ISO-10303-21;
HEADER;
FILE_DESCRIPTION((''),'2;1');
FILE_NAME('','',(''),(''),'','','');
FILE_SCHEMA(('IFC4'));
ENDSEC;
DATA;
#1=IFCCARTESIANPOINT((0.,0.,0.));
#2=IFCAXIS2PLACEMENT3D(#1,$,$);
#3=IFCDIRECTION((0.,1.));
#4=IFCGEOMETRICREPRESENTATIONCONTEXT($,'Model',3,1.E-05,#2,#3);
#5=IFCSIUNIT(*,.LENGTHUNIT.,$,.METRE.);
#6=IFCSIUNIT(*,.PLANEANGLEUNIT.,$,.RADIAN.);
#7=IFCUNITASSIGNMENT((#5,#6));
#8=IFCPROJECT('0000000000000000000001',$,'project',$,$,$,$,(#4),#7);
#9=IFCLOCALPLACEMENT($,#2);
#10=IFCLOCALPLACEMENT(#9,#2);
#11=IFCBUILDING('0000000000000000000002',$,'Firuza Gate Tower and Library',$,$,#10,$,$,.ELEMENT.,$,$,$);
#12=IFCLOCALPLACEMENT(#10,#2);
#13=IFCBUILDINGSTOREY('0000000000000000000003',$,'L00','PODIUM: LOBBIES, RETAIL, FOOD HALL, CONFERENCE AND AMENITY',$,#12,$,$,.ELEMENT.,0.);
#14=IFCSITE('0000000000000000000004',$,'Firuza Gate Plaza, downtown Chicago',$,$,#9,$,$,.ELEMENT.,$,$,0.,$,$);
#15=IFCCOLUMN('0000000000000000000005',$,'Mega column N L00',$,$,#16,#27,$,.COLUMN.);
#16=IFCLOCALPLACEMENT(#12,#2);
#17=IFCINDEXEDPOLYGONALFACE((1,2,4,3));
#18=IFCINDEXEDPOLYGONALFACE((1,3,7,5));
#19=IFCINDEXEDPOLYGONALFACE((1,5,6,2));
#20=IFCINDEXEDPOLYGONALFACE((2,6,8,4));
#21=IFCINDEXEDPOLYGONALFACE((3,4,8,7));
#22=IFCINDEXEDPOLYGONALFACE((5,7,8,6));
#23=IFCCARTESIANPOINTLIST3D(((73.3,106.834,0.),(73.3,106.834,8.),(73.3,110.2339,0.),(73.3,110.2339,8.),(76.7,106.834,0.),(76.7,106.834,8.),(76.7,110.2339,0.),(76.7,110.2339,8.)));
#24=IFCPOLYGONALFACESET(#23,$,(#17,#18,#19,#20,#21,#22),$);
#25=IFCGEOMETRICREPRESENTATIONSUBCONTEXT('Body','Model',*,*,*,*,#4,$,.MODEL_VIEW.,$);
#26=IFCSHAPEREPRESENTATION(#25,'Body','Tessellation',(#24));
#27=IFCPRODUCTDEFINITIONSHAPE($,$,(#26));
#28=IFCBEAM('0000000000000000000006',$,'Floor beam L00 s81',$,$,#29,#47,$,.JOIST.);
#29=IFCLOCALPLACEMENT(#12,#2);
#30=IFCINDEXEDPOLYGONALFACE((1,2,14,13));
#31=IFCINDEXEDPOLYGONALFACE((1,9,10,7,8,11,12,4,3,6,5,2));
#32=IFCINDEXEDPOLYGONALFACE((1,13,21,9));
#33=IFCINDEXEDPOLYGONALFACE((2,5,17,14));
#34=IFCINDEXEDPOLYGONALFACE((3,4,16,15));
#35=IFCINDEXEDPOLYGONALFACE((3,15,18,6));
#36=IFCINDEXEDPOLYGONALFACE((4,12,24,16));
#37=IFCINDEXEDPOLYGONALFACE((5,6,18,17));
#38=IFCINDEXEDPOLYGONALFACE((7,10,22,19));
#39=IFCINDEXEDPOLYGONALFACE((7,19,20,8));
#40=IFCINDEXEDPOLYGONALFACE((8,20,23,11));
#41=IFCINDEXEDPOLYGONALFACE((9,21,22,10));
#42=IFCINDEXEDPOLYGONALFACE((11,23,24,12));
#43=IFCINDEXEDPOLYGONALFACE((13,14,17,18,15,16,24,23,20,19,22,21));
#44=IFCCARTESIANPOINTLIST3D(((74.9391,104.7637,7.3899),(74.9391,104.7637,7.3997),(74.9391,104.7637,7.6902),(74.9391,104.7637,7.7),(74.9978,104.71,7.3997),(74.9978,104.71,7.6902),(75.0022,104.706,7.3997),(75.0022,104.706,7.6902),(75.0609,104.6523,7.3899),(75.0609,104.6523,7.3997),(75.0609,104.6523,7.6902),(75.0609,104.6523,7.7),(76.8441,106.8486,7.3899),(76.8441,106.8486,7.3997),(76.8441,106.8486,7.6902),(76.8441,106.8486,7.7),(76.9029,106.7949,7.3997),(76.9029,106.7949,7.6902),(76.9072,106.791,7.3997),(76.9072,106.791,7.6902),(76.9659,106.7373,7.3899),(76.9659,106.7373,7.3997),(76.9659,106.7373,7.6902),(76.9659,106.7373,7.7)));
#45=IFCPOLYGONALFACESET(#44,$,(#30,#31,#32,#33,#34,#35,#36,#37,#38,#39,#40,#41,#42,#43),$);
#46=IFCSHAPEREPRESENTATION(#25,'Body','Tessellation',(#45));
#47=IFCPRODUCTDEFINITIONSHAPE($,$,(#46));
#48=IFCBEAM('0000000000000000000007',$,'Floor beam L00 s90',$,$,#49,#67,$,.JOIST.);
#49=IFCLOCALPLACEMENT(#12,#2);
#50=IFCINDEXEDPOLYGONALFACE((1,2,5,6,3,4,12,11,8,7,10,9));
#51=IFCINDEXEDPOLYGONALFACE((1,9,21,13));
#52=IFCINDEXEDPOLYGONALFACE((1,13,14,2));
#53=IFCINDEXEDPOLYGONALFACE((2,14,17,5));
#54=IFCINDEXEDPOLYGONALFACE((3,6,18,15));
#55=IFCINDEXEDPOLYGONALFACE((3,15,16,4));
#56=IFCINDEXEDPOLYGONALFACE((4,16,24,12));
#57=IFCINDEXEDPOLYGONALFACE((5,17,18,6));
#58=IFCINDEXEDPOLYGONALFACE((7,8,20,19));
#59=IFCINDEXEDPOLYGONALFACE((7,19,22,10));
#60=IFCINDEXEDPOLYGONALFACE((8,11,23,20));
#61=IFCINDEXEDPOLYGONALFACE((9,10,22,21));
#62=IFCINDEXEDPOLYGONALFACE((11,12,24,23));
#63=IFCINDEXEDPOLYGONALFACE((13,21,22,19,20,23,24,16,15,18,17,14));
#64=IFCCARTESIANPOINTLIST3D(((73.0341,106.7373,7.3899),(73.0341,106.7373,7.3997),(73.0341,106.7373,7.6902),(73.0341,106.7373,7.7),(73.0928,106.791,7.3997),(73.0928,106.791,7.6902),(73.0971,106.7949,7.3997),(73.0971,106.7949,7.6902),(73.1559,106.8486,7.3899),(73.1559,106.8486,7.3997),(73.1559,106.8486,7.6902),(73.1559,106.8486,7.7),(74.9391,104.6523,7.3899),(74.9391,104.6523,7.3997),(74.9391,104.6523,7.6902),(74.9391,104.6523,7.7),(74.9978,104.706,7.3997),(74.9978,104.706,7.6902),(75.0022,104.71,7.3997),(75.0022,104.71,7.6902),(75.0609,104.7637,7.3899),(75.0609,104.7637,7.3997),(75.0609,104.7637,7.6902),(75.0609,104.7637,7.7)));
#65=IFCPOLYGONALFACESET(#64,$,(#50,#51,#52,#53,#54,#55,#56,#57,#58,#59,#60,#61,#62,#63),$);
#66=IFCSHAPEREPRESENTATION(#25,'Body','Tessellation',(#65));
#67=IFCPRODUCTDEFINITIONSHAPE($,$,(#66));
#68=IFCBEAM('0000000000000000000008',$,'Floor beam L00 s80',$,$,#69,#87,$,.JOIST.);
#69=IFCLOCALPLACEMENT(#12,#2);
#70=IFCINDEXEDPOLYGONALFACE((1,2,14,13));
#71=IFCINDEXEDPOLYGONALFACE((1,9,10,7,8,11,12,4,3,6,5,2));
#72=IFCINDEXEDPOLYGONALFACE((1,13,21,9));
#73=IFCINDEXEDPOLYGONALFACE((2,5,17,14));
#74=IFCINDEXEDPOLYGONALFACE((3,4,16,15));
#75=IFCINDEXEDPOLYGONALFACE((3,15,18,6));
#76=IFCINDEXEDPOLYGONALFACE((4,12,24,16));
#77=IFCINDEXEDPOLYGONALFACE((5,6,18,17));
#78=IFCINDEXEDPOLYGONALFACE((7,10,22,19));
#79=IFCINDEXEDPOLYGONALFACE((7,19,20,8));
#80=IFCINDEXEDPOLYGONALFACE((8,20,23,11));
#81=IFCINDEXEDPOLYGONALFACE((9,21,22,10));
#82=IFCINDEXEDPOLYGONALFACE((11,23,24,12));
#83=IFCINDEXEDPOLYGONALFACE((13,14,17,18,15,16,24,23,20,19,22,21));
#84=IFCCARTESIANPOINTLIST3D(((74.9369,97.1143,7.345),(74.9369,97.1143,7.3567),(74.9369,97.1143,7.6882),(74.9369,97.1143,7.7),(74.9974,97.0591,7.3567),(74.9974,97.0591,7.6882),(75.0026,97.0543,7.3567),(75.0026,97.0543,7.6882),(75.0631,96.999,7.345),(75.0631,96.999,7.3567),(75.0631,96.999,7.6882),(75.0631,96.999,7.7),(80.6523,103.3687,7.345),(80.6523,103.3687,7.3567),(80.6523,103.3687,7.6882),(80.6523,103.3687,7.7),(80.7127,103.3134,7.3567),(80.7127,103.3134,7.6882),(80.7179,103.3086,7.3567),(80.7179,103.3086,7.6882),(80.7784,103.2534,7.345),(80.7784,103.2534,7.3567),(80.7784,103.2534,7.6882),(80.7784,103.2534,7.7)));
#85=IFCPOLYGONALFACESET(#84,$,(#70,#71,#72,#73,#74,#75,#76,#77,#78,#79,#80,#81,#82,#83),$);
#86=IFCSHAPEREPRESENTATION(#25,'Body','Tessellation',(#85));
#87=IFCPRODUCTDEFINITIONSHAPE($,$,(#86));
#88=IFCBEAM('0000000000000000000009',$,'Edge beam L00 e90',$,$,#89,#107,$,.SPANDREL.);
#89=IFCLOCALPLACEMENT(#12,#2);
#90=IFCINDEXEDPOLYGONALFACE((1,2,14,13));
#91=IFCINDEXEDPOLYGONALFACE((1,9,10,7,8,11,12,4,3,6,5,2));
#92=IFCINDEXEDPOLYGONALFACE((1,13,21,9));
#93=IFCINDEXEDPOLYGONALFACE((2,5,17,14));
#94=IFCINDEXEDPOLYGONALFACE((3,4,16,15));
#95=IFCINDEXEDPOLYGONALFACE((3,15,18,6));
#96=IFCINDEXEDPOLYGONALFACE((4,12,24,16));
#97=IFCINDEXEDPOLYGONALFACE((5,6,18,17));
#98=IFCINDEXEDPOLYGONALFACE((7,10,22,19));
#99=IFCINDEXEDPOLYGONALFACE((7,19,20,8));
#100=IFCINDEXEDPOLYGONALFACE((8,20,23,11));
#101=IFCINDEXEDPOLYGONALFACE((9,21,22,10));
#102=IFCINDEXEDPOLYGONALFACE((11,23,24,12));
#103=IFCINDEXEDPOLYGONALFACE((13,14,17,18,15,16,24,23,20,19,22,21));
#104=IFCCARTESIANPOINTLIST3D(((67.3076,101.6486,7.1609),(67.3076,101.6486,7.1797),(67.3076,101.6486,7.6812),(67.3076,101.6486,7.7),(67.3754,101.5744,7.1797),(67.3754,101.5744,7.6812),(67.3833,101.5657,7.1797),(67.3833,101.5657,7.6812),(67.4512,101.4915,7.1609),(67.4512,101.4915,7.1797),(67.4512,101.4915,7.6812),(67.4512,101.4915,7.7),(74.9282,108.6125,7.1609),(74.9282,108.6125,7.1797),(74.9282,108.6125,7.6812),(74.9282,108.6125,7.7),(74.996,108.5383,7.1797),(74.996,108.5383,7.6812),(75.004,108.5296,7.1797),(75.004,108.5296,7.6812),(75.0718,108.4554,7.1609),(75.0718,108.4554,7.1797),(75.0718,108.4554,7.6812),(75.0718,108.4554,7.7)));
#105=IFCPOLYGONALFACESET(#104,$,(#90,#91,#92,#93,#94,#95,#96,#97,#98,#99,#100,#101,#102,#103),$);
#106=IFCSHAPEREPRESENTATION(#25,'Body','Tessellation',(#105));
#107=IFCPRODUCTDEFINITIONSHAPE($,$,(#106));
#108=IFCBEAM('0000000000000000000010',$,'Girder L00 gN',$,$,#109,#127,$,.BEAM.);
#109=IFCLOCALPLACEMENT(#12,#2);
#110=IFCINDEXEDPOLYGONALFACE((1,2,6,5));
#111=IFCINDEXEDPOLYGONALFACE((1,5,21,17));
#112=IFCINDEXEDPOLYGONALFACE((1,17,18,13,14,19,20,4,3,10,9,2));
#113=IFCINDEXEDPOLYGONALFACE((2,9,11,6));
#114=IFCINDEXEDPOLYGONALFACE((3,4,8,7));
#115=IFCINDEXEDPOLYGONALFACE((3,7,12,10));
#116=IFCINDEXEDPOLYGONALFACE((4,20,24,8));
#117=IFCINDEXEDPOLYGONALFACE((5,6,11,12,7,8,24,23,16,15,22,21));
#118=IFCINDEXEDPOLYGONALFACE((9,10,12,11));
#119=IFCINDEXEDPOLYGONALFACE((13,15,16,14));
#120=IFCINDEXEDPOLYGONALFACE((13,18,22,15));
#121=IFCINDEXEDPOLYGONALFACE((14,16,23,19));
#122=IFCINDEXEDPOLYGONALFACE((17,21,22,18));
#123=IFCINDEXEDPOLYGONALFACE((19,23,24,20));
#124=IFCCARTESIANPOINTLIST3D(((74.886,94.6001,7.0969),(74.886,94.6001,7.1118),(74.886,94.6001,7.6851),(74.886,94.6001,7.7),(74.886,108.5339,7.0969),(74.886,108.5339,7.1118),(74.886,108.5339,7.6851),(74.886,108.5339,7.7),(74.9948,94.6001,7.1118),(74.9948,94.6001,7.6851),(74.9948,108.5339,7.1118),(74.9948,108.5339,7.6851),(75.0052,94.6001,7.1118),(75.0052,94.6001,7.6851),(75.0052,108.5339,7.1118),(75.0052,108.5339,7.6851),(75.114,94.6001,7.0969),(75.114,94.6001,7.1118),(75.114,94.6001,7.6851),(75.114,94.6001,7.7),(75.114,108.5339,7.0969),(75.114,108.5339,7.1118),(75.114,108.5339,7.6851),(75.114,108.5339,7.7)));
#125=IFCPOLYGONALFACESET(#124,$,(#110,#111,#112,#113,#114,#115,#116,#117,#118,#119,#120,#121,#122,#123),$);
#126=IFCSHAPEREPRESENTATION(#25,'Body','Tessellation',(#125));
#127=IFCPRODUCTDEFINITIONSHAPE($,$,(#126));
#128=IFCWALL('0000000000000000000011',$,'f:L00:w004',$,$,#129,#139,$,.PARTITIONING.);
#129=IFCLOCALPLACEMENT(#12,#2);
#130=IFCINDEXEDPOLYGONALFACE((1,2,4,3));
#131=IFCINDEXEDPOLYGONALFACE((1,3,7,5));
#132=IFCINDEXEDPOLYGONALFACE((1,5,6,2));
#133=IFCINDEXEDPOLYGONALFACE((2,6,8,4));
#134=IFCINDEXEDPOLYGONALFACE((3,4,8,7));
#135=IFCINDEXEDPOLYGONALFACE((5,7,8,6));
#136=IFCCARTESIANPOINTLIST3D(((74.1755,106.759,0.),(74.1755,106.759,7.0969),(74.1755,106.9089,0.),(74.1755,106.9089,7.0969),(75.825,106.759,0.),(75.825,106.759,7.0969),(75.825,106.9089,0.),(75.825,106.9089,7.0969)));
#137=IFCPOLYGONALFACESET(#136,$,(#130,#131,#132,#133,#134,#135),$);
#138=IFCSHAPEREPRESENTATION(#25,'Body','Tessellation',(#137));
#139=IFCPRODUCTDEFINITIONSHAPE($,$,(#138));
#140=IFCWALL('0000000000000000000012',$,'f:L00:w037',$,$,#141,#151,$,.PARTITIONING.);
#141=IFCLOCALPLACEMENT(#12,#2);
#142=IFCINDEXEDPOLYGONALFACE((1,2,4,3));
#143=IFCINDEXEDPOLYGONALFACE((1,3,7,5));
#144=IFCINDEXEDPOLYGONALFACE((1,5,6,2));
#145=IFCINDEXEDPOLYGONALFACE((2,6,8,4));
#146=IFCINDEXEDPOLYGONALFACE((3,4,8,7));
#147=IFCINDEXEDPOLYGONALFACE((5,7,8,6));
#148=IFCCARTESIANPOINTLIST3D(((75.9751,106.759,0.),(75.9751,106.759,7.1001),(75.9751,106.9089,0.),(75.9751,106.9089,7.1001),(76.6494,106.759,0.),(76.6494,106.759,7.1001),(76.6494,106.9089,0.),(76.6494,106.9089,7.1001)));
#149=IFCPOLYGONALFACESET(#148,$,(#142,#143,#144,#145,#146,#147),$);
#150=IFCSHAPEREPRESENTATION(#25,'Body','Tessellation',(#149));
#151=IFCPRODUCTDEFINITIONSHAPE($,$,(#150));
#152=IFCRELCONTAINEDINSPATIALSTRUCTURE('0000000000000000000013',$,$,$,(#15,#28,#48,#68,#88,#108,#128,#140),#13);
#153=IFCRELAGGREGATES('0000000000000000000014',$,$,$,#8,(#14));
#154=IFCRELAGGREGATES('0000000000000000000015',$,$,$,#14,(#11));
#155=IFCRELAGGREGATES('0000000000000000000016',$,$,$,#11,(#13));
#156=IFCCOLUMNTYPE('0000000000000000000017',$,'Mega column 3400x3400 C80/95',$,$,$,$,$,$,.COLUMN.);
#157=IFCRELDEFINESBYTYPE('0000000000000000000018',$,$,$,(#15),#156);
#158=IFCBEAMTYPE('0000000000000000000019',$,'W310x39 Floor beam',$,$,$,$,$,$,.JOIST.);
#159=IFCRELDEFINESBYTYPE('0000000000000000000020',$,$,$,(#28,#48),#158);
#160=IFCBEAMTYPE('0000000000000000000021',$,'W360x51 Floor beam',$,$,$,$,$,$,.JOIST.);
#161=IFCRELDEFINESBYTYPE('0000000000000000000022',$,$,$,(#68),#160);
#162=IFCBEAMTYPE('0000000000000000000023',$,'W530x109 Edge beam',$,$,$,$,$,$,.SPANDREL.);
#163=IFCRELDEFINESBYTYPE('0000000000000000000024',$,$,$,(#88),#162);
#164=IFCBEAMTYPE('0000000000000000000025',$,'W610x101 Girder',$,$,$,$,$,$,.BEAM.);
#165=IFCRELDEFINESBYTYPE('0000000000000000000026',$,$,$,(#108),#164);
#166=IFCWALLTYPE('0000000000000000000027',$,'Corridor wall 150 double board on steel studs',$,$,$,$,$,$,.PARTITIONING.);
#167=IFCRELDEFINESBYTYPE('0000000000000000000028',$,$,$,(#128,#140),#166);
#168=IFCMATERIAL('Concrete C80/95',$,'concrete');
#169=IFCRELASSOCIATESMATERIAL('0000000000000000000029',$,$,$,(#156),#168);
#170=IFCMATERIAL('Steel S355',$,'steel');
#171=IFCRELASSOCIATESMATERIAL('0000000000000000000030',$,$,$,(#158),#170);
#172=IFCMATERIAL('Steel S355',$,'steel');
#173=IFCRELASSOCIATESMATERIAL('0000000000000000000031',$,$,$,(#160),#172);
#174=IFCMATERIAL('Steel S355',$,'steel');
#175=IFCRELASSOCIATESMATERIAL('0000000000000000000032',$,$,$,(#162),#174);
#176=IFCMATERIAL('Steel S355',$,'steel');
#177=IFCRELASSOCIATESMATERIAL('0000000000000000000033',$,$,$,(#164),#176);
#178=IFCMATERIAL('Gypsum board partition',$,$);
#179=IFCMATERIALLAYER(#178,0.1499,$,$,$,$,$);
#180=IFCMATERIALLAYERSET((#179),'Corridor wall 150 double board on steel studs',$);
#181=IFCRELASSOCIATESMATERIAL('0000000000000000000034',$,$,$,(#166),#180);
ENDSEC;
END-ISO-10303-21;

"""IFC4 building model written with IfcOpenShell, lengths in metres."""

from ifc_helpers import new_model, si_unit, direction, frame, frame_2d, origin, origin_2d, place, context, subcontext, project, spatial, rectangle, i_section, extrude, material, layer, layer_set, material_profile, profile_set, type_object, element, save


model = new_model("IFC4")

# Units and contexts
model_context = context("Model", 3, precision=1e-05, world=origin(), true_north=direction((0.0, 1.0)))
body_context = subcontext(model_context, "Body", "Model", "MODEL_VIEW")
ifc_project = project(units=[si_unit("LENGTHUNIT", "METRE"), si_unit("PLANEANGLEUNIT", "RADIAN")], contexts=[model_context])

# Site, building, storey
site_placement = place(None, origin())
site = spatial("IfcSite", under=ifc_project, at=site_placement, Name="Firuza Gate Plaza, downtown Chicago", CompositionType="ELEMENT", RefElevation=0.0)
building_placement = place(site_placement, origin())
building = spatial("IfcBuilding", under=site, at=building_placement, Name="Firuza Gate Tower and Library", CompositionType="ELEMENT")
storey_placement = place(building_placement, origin())
storey = spatial("IfcBuildingStorey", under=building, at=storey_placement, Name="L00", Description="PODIUM: LOBBIES, RETAIL, FOOD HALL, CONFERENCE AND AMENITY", CompositionType="ELEMENT", Elevation=0.0)

# Column
ifc_material_1 = material(Name="Concrete C80/95", Category="concrete")
ifc_material_profile_1 = material_profile(ifc_material_1, rectangle(XDim=3.3999, YDim=3.3999, at=origin_2d()))
ifc_profile_set_1 = profile_set([ifc_material_profile_1], Name="Concrete C80/95")
column_type = type_object("IfcColumnType", Name="Mega column 3400x3400 C80/95", PredefinedType="COLUMN", material=ifc_profile_set_1)
column_placement = place(storey_placement, frame((75.0, 108.5339, 0.0), z_axis=(0.0, 0.0, 1.0), x_axis=(-1.0, 0.0, 0.0)))
element("IfcColumn", 1, at=column_placement, inside=storey, type_object=column_type, Name="Mega column N L00", PredefinedType="COLUMN", context=body_context, shape_type="SweptSolid", body=[
    extrude(rectangle(XDim=3.3999, YDim=3.3999, at=origin_2d()), origin(), (0.0, 0.0, 1.0), 8.0),
])

# Beams
ifc_material_2 = material(Name="Steel S355", Category="steel")
ifc_material_profile_2 = material_profile(ifc_material_2, i_section(OverallWidth=0.165, OverallDepth=0.3101, WebThickness=0.0059, FlangeThickness=0.0098, at=origin_2d()))
ifc_profile_set_2 = profile_set([ifc_material_profile_2], Name="Steel S355")
beam_type_1 = type_object("IfcBeamType", Name="W310x39 Floor beam", PredefinedType="JOIST", material=ifc_profile_set_2)
for number, where, z_axis, x_axis, name in (
    (2, (76.905, 106.793, 7.5449), (-0.674534, -0.738244, 0.0), (0.738244, -0.674534, 0.0), "Floor beam L00 s81"),
    (3, (73.095, 106.793, 7.5449), (0.674534, -0.738244, 0.0), (0.738244, 0.674534, 0.0), "Floor beam L00 s90"),
):
    element("IfcBeam", number, at=place(storey_placement, frame(where, z_axis=z_axis, x_axis=x_axis)), inside=storey, type_object=beam_type_1, Name=name, PredefinedType="JOIST", context=body_context, shape_type="SweptSolid", body=[
        extrude(i_section(OverallWidth=0.165, OverallDepth=0.3101, WebThickness=0.0059, FlangeThickness=0.0098, at=origin_2d()), origin(), (0.0, 0.0, 1.0), 2.8242),
    ])
ifc_material_3 = material(Name="Steel S355", Category="steel")
ifc_material_profile_3 = material_profile(ifc_material_3, i_section(OverallWidth=0.1709, OverallDepth=0.355, WebThickness=0.0071, FlangeThickness=0.0117, at=origin_2d()))
ifc_profile_set_3 = profile_set([ifc_material_profile_3], Name="Steel S355")
beam_type_2 = type_object("IfcBeamType", Name="W360x51 Floor beam", PredefinedType="JOIST", material=ifc_profile_set_3)
beam_1_placement = place(storey_placement, frame((80.7153, 103.311, 7.5225), z_axis=(-0.674578, -0.738203, 0.0), x_axis=(0.738203, -0.674578, 0.0)))
element("IfcBeam", 4, at=beam_1_placement, inside=storey, type_object=beam_type_2, Name="Floor beam L00 s80", PredefinedType="JOIST", context=body_context, shape_type="SweptSolid", body=[
    extrude(i_section(OverallWidth=0.1709, OverallDepth=0.355, WebThickness=0.0071, FlangeThickness=0.0117, at=origin_2d()), origin(), (0.0, 0.0, 1.0), 8.4724),
])
ifc_material_4 = material(Name="Steel S355", Category="steel")
ifc_material_profile_4 = material_profile(ifc_material_4, i_section(OverallWidth=0.2129, OverallDepth=0.5391, WebThickness=0.0117, FlangeThickness=0.0188, at=origin_2d()))
ifc_profile_set_4 = profile_set([ifc_material_profile_4], Name="Steel S355")
beam_type_3 = type_object("IfcBeamType", Name="W530x109 Edge beam", PredefinedType="SPANDREL", material=ifc_profile_set_4)
beam_2_placement = place(storey_placement, frame((75.0, 108.5339, 7.4304), z_axis=(-0.7382, -0.674582, 0.0), x_axis=(0.674582, -0.7382, 0.0)))
element("IfcBeam", 5, at=beam_2_placement, inside=storey, type_object=beam_type_3, Name="Edge beam L00 e90", PredefinedType="SPANDREL", context=body_context, shape_type="SweptSolid", body=[
    extrude(i_section(OverallWidth=0.2129, OverallDepth=0.5391, WebThickness=0.0117, FlangeThickness=0.0188, at=origin_2d()), origin(), (0.0, 0.0, 1.0), 10.3232),
])
ifc_material_5 = material(Name="Steel S355", Category="steel")
ifc_material_profile_5 = material_profile(ifc_material_5, i_section(OverallWidth=0.228, OverallDepth=0.603, WebThickness=0.0105, FlangeThickness=0.0149, at=origin_2d()))
ifc_profile_set_5 = profile_set([ifc_material_profile_5], Name="Steel S355")
beam_type_4 = type_object("IfcBeamType", Name="W610x101 Girder", PredefinedType="BEAM", material=ifc_profile_set_5)
beam_3_placement = place(storey_placement, frame((75.0, 108.5339, 7.3984), z_axis=(0.0, -1.0, 0.0), x_axis=(1.0, 0.0, 0.0)))
element("IfcBeam", 6, at=beam_3_placement, inside=storey, type_object=beam_type_4, Name="Girder L00 gN", PredefinedType="BEAM", context=body_context, shape_type="SweptSolid", body=[
    extrude(i_section(OverallWidth=0.228, OverallDepth=0.603, WebThickness=0.0105, FlangeThickness=0.0149, at=origin_2d()), origin(), (0.0, 0.0, 1.0), 13.9338),
])

# Walls
ifc_material_6 = material(Name="Gypsum board partition")
ifc_layer_1 = layer(ifc_material_6, 0.1499)
ifc_layer_set_1 = layer_set([ifc_layer_1], Name="Corridor wall 150 double board on steel studs")
wall_type_1 = type_object("IfcWallType", Name="Corridor wall 150 double board on steel studs", PredefinedType="PARTITIONING", material=ifc_layer_set_1)
wall_1_placement = place(storey_placement, frame((74.1755, 106.834, 0.0), z_axis=(0.0, 0.0, 1.0), x_axis=(1.0, 0.0, 0.0)))
element("IfcWall", 7, at=wall_1_placement, inside=storey, type_object=wall_type_1, Name="f:L00:w004", PredefinedType="PARTITIONING", context=body_context, shape_type="SweptSolid", body=[
    extrude(rectangle(XDim=1.6494, YDim=0.1499, at=frame_2d((0.8247, 0.0))), origin(), (0.0, 0.0, 1.0), 7.0969),
])
wall_2_placement = place(storey_placement, frame((75.9751, 106.834, 0.0), z_axis=(0.0, 0.0, 1.0), x_axis=(1.0, 0.0, 0.0)))
element("IfcWall", 8, at=wall_2_placement, inside=storey, type_object=wall_type_1, Name="f:L00:w037", PredefinedType="PARTITIONING", context=body_context, shape_type="SweptSolid", body=[
    extrude(rectangle(XDim=0.6743, YDim=0.1499, at=frame_2d((0.3372, 0.0))), origin(), (0.0, 0.0, 1.0), 7.1001),
])

save(model, "model.ifc")
